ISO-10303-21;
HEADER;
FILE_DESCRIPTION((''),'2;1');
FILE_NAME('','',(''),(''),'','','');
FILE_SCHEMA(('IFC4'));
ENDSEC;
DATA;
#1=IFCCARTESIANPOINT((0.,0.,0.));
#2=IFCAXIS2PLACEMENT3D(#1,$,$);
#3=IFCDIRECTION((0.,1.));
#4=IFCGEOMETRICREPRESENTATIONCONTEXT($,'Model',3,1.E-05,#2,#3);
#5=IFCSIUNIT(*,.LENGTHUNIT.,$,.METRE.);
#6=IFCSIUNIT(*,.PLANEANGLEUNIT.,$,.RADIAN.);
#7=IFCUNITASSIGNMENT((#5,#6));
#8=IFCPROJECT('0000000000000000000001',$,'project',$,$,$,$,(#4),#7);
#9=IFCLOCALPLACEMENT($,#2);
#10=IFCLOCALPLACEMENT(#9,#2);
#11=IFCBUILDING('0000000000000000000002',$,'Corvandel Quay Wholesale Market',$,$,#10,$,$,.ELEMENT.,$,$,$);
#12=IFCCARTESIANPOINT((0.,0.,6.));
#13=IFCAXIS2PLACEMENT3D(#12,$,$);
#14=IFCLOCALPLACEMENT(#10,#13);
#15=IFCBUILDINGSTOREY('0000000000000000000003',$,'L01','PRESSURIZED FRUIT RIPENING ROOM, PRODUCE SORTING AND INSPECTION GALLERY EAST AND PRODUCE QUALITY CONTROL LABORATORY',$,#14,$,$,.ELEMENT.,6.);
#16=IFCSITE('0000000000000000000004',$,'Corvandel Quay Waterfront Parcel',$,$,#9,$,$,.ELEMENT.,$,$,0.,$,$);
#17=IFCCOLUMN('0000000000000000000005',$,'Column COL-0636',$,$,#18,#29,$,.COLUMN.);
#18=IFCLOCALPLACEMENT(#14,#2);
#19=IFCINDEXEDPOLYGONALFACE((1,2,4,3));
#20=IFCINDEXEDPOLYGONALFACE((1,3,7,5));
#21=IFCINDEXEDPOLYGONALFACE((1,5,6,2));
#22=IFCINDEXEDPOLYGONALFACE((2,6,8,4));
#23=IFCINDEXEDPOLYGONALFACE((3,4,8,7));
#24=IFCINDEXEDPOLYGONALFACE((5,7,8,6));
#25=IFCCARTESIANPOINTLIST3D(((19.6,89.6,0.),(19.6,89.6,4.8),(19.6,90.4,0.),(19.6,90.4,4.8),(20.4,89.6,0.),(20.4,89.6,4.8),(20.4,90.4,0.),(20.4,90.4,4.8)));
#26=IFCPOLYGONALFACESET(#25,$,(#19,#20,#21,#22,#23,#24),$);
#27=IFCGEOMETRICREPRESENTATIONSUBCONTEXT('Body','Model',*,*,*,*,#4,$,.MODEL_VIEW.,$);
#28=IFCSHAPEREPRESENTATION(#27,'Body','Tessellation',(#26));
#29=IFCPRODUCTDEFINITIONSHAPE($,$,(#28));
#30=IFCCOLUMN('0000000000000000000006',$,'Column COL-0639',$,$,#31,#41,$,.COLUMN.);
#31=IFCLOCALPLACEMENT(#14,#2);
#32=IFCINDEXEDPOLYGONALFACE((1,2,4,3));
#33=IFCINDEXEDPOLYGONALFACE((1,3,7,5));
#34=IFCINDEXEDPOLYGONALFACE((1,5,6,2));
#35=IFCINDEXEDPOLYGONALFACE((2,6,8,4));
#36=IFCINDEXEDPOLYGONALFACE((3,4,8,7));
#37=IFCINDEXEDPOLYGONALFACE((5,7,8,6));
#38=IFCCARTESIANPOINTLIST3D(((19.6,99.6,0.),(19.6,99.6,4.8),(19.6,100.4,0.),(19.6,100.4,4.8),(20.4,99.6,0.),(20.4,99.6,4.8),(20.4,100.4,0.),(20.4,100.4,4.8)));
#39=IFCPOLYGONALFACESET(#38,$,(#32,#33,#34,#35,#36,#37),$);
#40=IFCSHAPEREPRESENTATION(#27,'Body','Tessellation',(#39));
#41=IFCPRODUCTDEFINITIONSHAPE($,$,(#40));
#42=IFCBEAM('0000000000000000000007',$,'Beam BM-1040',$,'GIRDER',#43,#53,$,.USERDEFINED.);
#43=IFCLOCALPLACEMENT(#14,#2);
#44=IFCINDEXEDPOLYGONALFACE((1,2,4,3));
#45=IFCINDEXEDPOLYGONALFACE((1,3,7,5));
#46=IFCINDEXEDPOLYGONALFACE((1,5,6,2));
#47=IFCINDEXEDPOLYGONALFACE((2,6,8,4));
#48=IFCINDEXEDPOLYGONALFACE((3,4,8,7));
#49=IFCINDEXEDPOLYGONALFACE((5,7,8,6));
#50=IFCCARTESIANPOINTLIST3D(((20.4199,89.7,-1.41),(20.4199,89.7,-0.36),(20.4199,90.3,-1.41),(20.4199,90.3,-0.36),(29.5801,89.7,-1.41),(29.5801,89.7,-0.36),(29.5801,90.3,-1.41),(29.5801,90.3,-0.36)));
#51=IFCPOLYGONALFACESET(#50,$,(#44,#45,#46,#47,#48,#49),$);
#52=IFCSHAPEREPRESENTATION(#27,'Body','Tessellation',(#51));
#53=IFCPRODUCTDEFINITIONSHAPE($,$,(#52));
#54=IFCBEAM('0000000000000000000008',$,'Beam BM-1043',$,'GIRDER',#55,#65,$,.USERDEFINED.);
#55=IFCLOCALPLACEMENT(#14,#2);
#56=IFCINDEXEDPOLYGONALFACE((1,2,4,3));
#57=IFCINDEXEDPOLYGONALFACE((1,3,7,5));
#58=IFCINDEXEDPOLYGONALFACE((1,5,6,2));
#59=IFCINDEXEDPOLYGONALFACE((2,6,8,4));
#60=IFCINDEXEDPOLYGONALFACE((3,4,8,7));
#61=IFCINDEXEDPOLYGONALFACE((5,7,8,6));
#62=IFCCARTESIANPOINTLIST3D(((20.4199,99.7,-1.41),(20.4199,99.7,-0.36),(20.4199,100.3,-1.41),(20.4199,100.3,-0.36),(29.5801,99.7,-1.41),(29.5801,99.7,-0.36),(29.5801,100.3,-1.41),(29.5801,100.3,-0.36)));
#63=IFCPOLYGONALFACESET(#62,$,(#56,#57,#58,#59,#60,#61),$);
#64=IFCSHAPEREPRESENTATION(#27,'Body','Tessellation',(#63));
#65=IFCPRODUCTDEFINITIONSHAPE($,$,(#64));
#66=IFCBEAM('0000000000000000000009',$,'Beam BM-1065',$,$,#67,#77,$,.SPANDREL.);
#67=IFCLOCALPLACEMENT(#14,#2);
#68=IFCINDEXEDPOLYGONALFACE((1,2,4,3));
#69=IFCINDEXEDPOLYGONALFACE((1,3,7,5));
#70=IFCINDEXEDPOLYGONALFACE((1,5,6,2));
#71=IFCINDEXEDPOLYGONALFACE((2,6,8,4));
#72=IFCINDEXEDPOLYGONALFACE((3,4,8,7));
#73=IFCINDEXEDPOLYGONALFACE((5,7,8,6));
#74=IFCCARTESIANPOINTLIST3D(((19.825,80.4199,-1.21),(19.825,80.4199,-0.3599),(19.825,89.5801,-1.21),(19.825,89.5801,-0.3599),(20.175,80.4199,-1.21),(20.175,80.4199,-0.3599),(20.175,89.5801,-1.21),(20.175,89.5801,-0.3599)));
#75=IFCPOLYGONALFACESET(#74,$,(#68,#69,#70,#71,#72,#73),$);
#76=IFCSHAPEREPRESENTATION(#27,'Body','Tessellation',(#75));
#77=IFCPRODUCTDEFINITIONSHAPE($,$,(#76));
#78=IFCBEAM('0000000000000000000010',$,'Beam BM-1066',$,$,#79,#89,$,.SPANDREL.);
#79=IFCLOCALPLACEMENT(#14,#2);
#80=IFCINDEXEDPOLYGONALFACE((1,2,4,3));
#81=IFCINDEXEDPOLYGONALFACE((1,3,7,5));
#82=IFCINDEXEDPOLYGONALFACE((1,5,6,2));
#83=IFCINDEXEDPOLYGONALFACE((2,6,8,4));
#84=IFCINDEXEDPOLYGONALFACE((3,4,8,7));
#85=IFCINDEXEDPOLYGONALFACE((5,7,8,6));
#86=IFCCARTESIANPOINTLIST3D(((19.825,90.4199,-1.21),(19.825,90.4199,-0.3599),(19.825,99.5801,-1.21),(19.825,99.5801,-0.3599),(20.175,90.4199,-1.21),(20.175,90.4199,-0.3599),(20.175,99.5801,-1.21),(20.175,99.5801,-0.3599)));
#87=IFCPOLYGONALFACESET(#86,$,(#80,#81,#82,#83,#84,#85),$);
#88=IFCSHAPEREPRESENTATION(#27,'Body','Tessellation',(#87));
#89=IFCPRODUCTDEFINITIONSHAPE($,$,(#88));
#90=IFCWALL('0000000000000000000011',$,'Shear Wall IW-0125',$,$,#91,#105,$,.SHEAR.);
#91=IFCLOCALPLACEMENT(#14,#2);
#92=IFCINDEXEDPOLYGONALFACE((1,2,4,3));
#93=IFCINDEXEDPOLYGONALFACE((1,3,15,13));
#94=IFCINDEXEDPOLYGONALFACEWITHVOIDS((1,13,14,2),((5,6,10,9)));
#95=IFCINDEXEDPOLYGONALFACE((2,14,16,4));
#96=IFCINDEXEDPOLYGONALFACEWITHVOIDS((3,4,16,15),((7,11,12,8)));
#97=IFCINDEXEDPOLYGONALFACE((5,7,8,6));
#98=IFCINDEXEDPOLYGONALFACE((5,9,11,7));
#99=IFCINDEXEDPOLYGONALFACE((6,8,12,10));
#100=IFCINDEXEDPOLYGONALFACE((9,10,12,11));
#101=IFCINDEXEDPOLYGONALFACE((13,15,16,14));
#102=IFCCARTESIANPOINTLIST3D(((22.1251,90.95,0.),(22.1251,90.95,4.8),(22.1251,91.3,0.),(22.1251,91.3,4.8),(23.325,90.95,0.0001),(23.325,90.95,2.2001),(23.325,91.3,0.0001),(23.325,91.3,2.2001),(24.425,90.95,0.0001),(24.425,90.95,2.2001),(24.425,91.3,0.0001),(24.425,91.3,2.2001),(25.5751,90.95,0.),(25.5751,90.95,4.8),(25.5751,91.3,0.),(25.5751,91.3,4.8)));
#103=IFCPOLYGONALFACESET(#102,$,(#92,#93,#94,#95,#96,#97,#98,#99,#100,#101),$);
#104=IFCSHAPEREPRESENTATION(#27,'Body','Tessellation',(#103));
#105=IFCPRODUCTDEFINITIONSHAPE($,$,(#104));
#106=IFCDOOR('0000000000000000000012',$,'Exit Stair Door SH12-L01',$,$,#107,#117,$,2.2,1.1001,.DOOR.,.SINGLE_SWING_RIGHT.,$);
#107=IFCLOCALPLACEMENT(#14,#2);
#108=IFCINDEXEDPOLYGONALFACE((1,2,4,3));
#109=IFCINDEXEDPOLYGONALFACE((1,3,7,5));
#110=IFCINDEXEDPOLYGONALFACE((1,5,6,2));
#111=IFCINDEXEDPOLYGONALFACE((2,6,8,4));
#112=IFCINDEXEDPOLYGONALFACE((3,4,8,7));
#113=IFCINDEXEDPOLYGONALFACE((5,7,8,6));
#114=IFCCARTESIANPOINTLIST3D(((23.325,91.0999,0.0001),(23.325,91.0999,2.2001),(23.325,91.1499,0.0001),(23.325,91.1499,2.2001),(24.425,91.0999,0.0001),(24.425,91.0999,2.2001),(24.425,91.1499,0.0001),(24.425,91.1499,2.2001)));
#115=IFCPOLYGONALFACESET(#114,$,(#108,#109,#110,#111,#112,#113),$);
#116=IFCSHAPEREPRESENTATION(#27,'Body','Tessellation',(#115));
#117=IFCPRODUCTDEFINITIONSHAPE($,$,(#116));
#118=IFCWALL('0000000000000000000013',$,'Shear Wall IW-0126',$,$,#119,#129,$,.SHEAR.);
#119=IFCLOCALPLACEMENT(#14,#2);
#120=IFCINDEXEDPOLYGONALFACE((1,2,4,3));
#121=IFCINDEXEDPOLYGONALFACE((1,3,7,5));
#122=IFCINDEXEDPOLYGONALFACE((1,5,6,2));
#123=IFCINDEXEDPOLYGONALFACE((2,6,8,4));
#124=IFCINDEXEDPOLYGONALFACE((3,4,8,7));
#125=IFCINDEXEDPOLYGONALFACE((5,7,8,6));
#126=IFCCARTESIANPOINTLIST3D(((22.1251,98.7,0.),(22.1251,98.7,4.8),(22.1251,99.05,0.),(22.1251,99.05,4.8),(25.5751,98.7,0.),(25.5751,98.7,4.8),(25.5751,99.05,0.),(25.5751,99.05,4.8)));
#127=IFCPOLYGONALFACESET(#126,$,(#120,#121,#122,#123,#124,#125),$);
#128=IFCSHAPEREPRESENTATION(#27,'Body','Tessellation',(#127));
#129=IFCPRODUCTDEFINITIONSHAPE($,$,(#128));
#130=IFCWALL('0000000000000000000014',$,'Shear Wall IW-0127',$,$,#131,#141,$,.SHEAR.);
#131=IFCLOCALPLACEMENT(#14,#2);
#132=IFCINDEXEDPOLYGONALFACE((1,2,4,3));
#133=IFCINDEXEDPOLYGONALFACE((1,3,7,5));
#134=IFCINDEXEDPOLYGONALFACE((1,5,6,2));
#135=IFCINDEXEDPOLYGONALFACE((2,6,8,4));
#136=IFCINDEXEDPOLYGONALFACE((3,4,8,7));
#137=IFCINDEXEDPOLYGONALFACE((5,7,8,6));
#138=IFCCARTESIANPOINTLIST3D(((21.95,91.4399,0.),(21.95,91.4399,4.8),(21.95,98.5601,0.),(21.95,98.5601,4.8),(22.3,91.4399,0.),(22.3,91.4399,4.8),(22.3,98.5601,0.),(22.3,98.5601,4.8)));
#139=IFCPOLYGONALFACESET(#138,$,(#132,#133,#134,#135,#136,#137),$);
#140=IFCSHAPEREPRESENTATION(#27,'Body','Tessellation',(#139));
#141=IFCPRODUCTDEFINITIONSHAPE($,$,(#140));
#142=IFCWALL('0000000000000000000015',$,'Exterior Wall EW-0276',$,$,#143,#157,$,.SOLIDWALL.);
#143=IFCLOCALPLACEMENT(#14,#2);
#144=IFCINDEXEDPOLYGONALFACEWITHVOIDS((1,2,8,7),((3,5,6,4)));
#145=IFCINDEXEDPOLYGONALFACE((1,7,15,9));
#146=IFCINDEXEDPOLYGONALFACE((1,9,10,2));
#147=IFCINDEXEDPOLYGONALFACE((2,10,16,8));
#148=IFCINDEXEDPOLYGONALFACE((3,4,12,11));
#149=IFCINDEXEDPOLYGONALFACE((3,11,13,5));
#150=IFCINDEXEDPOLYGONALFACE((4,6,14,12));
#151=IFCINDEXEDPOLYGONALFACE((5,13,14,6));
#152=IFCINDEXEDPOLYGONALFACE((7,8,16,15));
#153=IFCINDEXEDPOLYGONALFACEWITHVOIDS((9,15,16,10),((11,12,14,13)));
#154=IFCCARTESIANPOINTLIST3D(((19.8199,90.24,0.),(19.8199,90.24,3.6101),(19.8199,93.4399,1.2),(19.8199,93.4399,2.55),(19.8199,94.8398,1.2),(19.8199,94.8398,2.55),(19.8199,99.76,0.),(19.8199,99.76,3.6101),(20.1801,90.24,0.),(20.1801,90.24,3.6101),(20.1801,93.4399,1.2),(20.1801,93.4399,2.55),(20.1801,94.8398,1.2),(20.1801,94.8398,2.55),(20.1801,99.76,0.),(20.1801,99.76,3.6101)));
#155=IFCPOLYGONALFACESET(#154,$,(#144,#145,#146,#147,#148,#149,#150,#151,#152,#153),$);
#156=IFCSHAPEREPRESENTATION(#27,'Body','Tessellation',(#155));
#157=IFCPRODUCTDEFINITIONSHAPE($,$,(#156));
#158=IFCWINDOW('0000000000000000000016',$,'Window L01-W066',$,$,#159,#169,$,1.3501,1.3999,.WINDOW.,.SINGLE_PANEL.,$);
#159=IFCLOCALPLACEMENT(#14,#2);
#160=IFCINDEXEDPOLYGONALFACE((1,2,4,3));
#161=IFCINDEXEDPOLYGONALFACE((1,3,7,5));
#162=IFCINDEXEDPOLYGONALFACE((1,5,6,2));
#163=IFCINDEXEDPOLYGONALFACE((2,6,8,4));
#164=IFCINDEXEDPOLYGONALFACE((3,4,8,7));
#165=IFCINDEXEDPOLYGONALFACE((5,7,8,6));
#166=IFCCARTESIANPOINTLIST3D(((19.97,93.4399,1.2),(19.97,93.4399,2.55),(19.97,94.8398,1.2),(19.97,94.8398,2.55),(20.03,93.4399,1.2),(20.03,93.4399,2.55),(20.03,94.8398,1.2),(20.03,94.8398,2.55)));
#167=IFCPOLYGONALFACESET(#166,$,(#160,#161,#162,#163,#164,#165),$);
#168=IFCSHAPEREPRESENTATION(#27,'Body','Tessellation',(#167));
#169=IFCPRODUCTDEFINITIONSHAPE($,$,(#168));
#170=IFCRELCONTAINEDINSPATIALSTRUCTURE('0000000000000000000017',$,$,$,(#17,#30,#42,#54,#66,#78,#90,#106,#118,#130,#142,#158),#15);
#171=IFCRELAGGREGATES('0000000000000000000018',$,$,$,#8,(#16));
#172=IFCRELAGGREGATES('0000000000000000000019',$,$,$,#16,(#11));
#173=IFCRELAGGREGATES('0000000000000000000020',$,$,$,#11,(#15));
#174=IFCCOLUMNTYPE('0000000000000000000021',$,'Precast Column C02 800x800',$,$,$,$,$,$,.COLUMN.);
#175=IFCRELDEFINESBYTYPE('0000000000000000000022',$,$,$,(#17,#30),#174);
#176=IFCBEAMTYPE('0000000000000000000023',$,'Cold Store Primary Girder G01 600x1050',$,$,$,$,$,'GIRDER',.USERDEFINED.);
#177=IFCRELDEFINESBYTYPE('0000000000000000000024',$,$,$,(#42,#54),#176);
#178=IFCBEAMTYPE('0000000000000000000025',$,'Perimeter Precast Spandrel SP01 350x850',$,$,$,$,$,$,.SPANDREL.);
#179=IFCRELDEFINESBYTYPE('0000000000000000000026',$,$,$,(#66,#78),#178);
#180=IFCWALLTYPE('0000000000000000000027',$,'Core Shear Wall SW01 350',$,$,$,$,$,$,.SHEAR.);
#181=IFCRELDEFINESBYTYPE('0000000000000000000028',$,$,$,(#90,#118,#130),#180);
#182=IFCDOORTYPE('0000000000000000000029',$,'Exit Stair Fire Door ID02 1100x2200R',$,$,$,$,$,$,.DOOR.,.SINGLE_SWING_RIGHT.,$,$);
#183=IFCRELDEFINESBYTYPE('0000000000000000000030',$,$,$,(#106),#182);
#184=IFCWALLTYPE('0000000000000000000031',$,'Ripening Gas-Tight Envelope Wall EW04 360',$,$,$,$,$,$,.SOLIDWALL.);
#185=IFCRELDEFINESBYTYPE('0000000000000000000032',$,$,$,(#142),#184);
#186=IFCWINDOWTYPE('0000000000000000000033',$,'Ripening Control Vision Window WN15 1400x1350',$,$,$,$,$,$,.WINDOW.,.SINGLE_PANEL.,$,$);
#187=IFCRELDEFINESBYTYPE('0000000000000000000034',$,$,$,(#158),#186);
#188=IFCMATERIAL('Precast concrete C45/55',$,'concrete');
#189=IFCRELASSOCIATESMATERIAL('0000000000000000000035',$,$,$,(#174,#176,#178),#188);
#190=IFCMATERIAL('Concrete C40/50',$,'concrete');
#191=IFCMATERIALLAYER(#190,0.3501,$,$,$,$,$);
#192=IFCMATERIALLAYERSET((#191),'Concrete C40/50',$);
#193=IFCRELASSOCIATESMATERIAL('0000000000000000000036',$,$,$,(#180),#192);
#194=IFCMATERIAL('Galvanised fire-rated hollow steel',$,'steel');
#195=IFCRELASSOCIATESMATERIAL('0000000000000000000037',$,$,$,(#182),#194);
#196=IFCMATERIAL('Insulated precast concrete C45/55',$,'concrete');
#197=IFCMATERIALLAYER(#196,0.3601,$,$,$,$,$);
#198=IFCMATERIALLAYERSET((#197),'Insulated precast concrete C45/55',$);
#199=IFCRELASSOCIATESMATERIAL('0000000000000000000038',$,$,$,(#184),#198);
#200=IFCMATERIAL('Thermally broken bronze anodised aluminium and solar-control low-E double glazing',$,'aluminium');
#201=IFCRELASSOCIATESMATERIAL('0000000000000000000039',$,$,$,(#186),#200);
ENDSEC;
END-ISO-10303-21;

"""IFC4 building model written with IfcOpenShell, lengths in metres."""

from ifc_helpers import new_model, si_unit, direction, frame, frame_2d, origin, origin_2d, place, context, subcontext, project, spatial, rectangle, extrude, material, layer, layer_set, material_profile, profile_set, type_object, element, fill, save


model = new_model("IFC4")

# Units and contexts
model_context = context("Model", 3, precision=1e-05, world=origin(), true_north=direction((0.0, 1.0)))
body_context = subcontext(model_context, "Body", "Model", "MODEL_VIEW")
ifc_project = project(units=[si_unit("LENGTHUNIT", "METRE"), si_unit("PLANEANGLEUNIT", "RADIAN")], contexts=[model_context])

# Site, building, storey
site_placement = place(None, origin())
site = spatial("IfcSite", under=ifc_project, at=site_placement, Name="Corvandel Quay Waterfront Parcel", CompositionType="ELEMENT", RefElevation=0.0)
building_placement = place(site_placement, origin())
building = spatial("IfcBuilding", under=site, at=building_placement, Name="Corvandel Quay Wholesale Market", CompositionType="ELEMENT")
storey_placement = place(building_placement, frame((0.0, 0.0, 6.0)))
storey = spatial("IfcBuildingStorey", under=building, at=storey_placement, Name="L01", Description="PRESSURIZED FRUIT RIPENING ROOM, PRODUCE SORTING AND INSPECTION GALLERY EAST AND PRODUCE QUALITY CONTROL LABORATORY", CompositionType="ELEMENT", Elevation=6.0)

# Columns
ifc_material_1 = material(Name="Precast concrete C45/55", Category="concrete")
ifc_material_profile_1 = material_profile(ifc_material_1, rectangle(XDim=0.8, YDim=0.8, at=origin_2d()), Name="PC-COL-800x800")
ifc_profile_set_1 = profile_set([ifc_material_profile_1], Name="Precast concrete C45/55")
column_type = type_object("IfcColumnType", Name="Precast Column C02 800x800", PredefinedType="COLUMN", material=ifc_profile_set_1)
for number, where, z_axis, x_axis, name in (
    (1, (20.0, 90.0, 0.0), (0.0, 0.0, 1.0), (1.0, 0.0, 0.0), "Column COL-0636"),
    (2, (20.0, 100.0, 0.0), (0.0, 0.0, 1.0), (1.0, 0.0, 0.0), "Column COL-0639"),
):
    element("IfcColumn", number, at=place(storey_placement, frame(where, z_axis=z_axis, x_axis=x_axis)), inside=storey, type_object=column_type, Name=name, PredefinedType="COLUMN", context=body_context, shape_type="SweptSolid", body=[
        extrude(rectangle(XDim=0.8, YDim=0.8, at=origin_2d()), origin(), (0.0, 0.0, 1.0), 4.8),
    ])

# Beams
ifc_material_profile_2 = material_profile(ifc_material_1, rectangle(XDim=0.6001, YDim=1.05, at=origin_2d()), Name="PC-GIR-600x1050")
ifc_profile_set_2 = profile_set([ifc_material_profile_2], Name="Precast concrete C45/55")
beam_type_1 = type_object("IfcBeamType", Name="Cold Store Primary Girder G01 600x1050", ElementType="GIRDER", PredefinedType="USERDEFINED", material=ifc_profile_set_2)
for number, where, z_axis, x_axis, name in (
    (3, (20.4199, 90.0, -0.885), (1.0, 0.0, 0.0), (0.0, 1.0, 0.0), "Beam BM-1040"),
    (4, (20.4199, 100.0, -0.885), (1.0, 0.0, 0.0), (0.0, 1.0, 0.0), "Beam BM-1043"),
):
    element("IfcBeam", number, at=place(storey_placement, frame(where, z_axis=z_axis, x_axis=x_axis)), inside=storey, type_object=beam_type_1, Name=name, ObjectType="GIRDER", PredefinedType="USERDEFINED", context=body_context, shape_type="SweptSolid", body=[
        extrude(rectangle(XDim=0.6001, YDim=1.05, at=origin_2d()), origin(), (0.0, 0.0, 1.0), 9.1602),
    ])
ifc_material_profile_3 = material_profile(ifc_material_1, rectangle(XDim=0.3501, YDim=0.8501, at=origin_2d()), Name="PC-SPN-350x850")
ifc_profile_set_3 = profile_set([ifc_material_profile_3], Name="Precast concrete C45/55")
beam_type_2 = type_object("IfcBeamType", Name="Perimeter Precast Spandrel SP01 350x850", PredefinedType="SPANDREL", material=ifc_profile_set_3)
for number, where, z_axis, x_axis, name in (
    (5, (20.0, 80.4199, -0.7849), (0.0, 1.0, 0.0), (-1.0, 0.0, 0.0), "Beam BM-1065"),
    (6, (20.0, 90.4199, -0.7849), (0.0, 1.0, 0.0), (-1.0, 0.0, 0.0), "Beam BM-1066"),
):
    element("IfcBeam", number, at=place(storey_placement, frame(where, z_axis=z_axis, x_axis=x_axis)), inside=storey, type_object=beam_type_2, Name=name, PredefinedType="SPANDREL", context=body_context, shape_type="SweptSolid", body=[
        extrude(rectangle(XDim=0.3501, YDim=0.8501, at=origin_2d()), origin(), (0.0, 0.0, 1.0), 9.1602),
    ])

# Wall, opening, door
ifc_material_2 = material(Name="Concrete C40/50", Category="concrete")
ifc_layer_1 = layer(ifc_material_2, 0.3501)
ifc_layer_set_1 = layer_set([ifc_layer_1], Name="Concrete C40/50")
wall_type_1 = type_object("IfcWallType", Name="Core Shear Wall SW01 350", PredefinedType="SHEAR", material=ifc_layer_set_1)
wall_1_placement = place(storey_placement, frame((22.125, 91.125, 0.0), z_axis=(0.0, 0.0, 1.0), x_axis=(1.0, 0.0, 0.0)))
wall_1 = element("IfcWall", 7, at=wall_1_placement, inside=storey, type_object=wall_type_1, Name="Shear Wall IW-0125", PredefinedType="SHEAR", context=body_context, shape_type="SweptSolid", body=[
    extrude(rectangle(XDim=3.45, YDim=0.3501, at=frame_2d((1.7251, 0.0))), origin(), (0.0, 0.0, 1.0), 4.8),
])
opening_1_placement = place(wall_1_placement, frame((1.2, 0.0, 0.0)))
opening_1 = element("IfcOpeningElement", 8, at=opening_1_placement, cuts=wall_1, PredefinedType="OPENING", context=body_context, shape_type="SweptSolid", body=[
    extrude(rectangle(XDim=1.1001, YDim=2.2, at=frame_2d((0.55, 1.1001))), frame((0.0, 0.1851, 0.0), z_axis=(0.0, -1.0, 0.0), x_axis=(1.0, 0.0, 0.0)), (0.0, 0.0, 1.0), 0.3701),
])
ifc_material_3 = material(Name="Galvanised fire-rated hollow steel", Category="steel")
door_type = type_object("IfcDoorType", Name="Exit Stair Fire Door ID02 1100x2200R", OperationType="SINGLE_SWING_RIGHT", PredefinedType="DOOR", material=ifc_material_3)
door_placement = place(opening_1_placement, origin())
door = element("IfcDoor", 9, at=door_placement, inside=storey, type_object=door_type, Name="Exit Stair Door SH12-L01", OperationType="SINGLE_SWING_RIGHT", OverallHeight=2.2, OverallWidth=1.1001, PredefinedType="DOOR", context=body_context, shape_type="SweptSolid", body=[
    extrude(rectangle(XDim=1.1001, YDim=2.2, at=frame_2d((0.55, 1.1001))), frame((0.0, 0.0249, 0.0), z_axis=(0.0, -1.0, 0.0), x_axis=(1.0, 0.0, 0.0)), (0.0, 0.0, 1.0), 0.05),
])
fill(opening_1, door)

# Walls
wall_2_placement = place(storey_placement, frame((22.125, 98.875, 0.0), z_axis=(0.0, 0.0, 1.0), x_axis=(1.0, 0.0, 0.0)))
element("IfcWall", 10, at=wall_2_placement, inside=storey, type_object=wall_type_1, Name="Shear Wall IW-0126", PredefinedType="SHEAR", context=body_context, shape_type="SweptSolid", body=[
    extrude(rectangle(XDim=3.45, YDim=0.3501, at=frame_2d((1.7251, 0.0))), origin(), (0.0, 0.0, 1.0), 4.8),
])
wall_3_placement = place(storey_placement, frame((22.125, 91.4399, 0.0), z_axis=(0.0, 0.0, 1.0), x_axis=(0.0, 1.0, 0.0)))
element("IfcWall", 11, at=wall_3_placement, inside=storey, type_object=wall_type_1, Name="Shear Wall IW-0127", PredefinedType="SHEAR", context=body_context, shape_type="SweptSolid", body=[
    extrude(rectangle(XDim=7.1201, YDim=0.3501, at=frame_2d((3.5601, 0.0))), origin(), (0.0, 0.0, 1.0), 4.8),
])

# Wall, opening, window
ifc_material_4 = material(Name="Insulated precast concrete C45/55", Category="concrete")
ifc_layer_2 = layer(ifc_material_4, 0.3601)
ifc_layer_set_2 = layer_set([ifc_layer_2], Name="Insulated precast concrete C45/55")
wall_type_2 = type_object("IfcWallType", Name="Ripening Gas-Tight Envelope Wall EW04 360", PredefinedType="SOLIDWALL", material=ifc_layer_set_2)
wall_4_placement = place(storey_placement, frame((20.0, 90.24, 0.0), z_axis=(0.0, 0.0, 1.0), x_axis=(0.0, 1.0, 0.0)))
wall_4 = element("IfcWall", 12, at=wall_4_placement, inside=storey, type_object=wall_type_2, Name="Exterior Wall EW-0276", PredefinedType="SOLIDWALL", context=body_context, shape_type="SweptSolid", body=[
    extrude(rectangle(XDim=9.52, YDim=0.3601, at=frame_2d((4.76, 0.0))), origin(), (0.0, 0.0, 1.0), 3.6101),
])
opening_2_placement = place(wall_4_placement, frame((3.2, 0.0, 1.2)))
opening_2 = element("IfcOpeningElement", 13, at=opening_2_placement, cuts=wall_4, PredefinedType="OPENING", context=body_context, shape_type="SweptSolid", body=[
    extrude(rectangle(XDim=1.3999, YDim=1.3501, at=frame_2d((0.7, 0.675))), frame((0.0, 0.1899, 0.0), z_axis=(0.0, -1.0, 0.0), x_axis=(1.0, 0.0, 0.0)), (0.0, 0.0, 1.0), 0.3801),
])
ifc_material_5 = material(Name="Thermally broken bronze anodised aluminium and solar-control low-E double glazing", Category="aluminium")
window_type = type_object("IfcWindowType", Name="Ripening Control Vision Window WN15 1400x1350", PartitioningType="SINGLE_PANEL", PredefinedType="WINDOW", material=ifc_material_5)
window_1_placement = place(opening_2_placement, origin())
window_1 = element("IfcWindow", 14, at=window_1_placement, inside=storey, type_object=window_type, Name="Window L01-W066", OverallHeight=1.3501, OverallWidth=1.3999, PartitioningType="SINGLE_PANEL", PredefinedType="WINDOW", context=body_context, shape_type="SweptSolid", body=[
    extrude(rectangle(XDim=1.3999, YDim=1.3501, at=frame_2d((0.7, 0.675))), frame((0.0, 0.03, 0.0), z_axis=(0.0, -1.0, 0.0), x_axis=(1.0, 0.0, 0.0)), (0.0, 0.0, 1.0), 0.0601),
])
fill(opening_2, window_1)

save(model, "model.ifc")
